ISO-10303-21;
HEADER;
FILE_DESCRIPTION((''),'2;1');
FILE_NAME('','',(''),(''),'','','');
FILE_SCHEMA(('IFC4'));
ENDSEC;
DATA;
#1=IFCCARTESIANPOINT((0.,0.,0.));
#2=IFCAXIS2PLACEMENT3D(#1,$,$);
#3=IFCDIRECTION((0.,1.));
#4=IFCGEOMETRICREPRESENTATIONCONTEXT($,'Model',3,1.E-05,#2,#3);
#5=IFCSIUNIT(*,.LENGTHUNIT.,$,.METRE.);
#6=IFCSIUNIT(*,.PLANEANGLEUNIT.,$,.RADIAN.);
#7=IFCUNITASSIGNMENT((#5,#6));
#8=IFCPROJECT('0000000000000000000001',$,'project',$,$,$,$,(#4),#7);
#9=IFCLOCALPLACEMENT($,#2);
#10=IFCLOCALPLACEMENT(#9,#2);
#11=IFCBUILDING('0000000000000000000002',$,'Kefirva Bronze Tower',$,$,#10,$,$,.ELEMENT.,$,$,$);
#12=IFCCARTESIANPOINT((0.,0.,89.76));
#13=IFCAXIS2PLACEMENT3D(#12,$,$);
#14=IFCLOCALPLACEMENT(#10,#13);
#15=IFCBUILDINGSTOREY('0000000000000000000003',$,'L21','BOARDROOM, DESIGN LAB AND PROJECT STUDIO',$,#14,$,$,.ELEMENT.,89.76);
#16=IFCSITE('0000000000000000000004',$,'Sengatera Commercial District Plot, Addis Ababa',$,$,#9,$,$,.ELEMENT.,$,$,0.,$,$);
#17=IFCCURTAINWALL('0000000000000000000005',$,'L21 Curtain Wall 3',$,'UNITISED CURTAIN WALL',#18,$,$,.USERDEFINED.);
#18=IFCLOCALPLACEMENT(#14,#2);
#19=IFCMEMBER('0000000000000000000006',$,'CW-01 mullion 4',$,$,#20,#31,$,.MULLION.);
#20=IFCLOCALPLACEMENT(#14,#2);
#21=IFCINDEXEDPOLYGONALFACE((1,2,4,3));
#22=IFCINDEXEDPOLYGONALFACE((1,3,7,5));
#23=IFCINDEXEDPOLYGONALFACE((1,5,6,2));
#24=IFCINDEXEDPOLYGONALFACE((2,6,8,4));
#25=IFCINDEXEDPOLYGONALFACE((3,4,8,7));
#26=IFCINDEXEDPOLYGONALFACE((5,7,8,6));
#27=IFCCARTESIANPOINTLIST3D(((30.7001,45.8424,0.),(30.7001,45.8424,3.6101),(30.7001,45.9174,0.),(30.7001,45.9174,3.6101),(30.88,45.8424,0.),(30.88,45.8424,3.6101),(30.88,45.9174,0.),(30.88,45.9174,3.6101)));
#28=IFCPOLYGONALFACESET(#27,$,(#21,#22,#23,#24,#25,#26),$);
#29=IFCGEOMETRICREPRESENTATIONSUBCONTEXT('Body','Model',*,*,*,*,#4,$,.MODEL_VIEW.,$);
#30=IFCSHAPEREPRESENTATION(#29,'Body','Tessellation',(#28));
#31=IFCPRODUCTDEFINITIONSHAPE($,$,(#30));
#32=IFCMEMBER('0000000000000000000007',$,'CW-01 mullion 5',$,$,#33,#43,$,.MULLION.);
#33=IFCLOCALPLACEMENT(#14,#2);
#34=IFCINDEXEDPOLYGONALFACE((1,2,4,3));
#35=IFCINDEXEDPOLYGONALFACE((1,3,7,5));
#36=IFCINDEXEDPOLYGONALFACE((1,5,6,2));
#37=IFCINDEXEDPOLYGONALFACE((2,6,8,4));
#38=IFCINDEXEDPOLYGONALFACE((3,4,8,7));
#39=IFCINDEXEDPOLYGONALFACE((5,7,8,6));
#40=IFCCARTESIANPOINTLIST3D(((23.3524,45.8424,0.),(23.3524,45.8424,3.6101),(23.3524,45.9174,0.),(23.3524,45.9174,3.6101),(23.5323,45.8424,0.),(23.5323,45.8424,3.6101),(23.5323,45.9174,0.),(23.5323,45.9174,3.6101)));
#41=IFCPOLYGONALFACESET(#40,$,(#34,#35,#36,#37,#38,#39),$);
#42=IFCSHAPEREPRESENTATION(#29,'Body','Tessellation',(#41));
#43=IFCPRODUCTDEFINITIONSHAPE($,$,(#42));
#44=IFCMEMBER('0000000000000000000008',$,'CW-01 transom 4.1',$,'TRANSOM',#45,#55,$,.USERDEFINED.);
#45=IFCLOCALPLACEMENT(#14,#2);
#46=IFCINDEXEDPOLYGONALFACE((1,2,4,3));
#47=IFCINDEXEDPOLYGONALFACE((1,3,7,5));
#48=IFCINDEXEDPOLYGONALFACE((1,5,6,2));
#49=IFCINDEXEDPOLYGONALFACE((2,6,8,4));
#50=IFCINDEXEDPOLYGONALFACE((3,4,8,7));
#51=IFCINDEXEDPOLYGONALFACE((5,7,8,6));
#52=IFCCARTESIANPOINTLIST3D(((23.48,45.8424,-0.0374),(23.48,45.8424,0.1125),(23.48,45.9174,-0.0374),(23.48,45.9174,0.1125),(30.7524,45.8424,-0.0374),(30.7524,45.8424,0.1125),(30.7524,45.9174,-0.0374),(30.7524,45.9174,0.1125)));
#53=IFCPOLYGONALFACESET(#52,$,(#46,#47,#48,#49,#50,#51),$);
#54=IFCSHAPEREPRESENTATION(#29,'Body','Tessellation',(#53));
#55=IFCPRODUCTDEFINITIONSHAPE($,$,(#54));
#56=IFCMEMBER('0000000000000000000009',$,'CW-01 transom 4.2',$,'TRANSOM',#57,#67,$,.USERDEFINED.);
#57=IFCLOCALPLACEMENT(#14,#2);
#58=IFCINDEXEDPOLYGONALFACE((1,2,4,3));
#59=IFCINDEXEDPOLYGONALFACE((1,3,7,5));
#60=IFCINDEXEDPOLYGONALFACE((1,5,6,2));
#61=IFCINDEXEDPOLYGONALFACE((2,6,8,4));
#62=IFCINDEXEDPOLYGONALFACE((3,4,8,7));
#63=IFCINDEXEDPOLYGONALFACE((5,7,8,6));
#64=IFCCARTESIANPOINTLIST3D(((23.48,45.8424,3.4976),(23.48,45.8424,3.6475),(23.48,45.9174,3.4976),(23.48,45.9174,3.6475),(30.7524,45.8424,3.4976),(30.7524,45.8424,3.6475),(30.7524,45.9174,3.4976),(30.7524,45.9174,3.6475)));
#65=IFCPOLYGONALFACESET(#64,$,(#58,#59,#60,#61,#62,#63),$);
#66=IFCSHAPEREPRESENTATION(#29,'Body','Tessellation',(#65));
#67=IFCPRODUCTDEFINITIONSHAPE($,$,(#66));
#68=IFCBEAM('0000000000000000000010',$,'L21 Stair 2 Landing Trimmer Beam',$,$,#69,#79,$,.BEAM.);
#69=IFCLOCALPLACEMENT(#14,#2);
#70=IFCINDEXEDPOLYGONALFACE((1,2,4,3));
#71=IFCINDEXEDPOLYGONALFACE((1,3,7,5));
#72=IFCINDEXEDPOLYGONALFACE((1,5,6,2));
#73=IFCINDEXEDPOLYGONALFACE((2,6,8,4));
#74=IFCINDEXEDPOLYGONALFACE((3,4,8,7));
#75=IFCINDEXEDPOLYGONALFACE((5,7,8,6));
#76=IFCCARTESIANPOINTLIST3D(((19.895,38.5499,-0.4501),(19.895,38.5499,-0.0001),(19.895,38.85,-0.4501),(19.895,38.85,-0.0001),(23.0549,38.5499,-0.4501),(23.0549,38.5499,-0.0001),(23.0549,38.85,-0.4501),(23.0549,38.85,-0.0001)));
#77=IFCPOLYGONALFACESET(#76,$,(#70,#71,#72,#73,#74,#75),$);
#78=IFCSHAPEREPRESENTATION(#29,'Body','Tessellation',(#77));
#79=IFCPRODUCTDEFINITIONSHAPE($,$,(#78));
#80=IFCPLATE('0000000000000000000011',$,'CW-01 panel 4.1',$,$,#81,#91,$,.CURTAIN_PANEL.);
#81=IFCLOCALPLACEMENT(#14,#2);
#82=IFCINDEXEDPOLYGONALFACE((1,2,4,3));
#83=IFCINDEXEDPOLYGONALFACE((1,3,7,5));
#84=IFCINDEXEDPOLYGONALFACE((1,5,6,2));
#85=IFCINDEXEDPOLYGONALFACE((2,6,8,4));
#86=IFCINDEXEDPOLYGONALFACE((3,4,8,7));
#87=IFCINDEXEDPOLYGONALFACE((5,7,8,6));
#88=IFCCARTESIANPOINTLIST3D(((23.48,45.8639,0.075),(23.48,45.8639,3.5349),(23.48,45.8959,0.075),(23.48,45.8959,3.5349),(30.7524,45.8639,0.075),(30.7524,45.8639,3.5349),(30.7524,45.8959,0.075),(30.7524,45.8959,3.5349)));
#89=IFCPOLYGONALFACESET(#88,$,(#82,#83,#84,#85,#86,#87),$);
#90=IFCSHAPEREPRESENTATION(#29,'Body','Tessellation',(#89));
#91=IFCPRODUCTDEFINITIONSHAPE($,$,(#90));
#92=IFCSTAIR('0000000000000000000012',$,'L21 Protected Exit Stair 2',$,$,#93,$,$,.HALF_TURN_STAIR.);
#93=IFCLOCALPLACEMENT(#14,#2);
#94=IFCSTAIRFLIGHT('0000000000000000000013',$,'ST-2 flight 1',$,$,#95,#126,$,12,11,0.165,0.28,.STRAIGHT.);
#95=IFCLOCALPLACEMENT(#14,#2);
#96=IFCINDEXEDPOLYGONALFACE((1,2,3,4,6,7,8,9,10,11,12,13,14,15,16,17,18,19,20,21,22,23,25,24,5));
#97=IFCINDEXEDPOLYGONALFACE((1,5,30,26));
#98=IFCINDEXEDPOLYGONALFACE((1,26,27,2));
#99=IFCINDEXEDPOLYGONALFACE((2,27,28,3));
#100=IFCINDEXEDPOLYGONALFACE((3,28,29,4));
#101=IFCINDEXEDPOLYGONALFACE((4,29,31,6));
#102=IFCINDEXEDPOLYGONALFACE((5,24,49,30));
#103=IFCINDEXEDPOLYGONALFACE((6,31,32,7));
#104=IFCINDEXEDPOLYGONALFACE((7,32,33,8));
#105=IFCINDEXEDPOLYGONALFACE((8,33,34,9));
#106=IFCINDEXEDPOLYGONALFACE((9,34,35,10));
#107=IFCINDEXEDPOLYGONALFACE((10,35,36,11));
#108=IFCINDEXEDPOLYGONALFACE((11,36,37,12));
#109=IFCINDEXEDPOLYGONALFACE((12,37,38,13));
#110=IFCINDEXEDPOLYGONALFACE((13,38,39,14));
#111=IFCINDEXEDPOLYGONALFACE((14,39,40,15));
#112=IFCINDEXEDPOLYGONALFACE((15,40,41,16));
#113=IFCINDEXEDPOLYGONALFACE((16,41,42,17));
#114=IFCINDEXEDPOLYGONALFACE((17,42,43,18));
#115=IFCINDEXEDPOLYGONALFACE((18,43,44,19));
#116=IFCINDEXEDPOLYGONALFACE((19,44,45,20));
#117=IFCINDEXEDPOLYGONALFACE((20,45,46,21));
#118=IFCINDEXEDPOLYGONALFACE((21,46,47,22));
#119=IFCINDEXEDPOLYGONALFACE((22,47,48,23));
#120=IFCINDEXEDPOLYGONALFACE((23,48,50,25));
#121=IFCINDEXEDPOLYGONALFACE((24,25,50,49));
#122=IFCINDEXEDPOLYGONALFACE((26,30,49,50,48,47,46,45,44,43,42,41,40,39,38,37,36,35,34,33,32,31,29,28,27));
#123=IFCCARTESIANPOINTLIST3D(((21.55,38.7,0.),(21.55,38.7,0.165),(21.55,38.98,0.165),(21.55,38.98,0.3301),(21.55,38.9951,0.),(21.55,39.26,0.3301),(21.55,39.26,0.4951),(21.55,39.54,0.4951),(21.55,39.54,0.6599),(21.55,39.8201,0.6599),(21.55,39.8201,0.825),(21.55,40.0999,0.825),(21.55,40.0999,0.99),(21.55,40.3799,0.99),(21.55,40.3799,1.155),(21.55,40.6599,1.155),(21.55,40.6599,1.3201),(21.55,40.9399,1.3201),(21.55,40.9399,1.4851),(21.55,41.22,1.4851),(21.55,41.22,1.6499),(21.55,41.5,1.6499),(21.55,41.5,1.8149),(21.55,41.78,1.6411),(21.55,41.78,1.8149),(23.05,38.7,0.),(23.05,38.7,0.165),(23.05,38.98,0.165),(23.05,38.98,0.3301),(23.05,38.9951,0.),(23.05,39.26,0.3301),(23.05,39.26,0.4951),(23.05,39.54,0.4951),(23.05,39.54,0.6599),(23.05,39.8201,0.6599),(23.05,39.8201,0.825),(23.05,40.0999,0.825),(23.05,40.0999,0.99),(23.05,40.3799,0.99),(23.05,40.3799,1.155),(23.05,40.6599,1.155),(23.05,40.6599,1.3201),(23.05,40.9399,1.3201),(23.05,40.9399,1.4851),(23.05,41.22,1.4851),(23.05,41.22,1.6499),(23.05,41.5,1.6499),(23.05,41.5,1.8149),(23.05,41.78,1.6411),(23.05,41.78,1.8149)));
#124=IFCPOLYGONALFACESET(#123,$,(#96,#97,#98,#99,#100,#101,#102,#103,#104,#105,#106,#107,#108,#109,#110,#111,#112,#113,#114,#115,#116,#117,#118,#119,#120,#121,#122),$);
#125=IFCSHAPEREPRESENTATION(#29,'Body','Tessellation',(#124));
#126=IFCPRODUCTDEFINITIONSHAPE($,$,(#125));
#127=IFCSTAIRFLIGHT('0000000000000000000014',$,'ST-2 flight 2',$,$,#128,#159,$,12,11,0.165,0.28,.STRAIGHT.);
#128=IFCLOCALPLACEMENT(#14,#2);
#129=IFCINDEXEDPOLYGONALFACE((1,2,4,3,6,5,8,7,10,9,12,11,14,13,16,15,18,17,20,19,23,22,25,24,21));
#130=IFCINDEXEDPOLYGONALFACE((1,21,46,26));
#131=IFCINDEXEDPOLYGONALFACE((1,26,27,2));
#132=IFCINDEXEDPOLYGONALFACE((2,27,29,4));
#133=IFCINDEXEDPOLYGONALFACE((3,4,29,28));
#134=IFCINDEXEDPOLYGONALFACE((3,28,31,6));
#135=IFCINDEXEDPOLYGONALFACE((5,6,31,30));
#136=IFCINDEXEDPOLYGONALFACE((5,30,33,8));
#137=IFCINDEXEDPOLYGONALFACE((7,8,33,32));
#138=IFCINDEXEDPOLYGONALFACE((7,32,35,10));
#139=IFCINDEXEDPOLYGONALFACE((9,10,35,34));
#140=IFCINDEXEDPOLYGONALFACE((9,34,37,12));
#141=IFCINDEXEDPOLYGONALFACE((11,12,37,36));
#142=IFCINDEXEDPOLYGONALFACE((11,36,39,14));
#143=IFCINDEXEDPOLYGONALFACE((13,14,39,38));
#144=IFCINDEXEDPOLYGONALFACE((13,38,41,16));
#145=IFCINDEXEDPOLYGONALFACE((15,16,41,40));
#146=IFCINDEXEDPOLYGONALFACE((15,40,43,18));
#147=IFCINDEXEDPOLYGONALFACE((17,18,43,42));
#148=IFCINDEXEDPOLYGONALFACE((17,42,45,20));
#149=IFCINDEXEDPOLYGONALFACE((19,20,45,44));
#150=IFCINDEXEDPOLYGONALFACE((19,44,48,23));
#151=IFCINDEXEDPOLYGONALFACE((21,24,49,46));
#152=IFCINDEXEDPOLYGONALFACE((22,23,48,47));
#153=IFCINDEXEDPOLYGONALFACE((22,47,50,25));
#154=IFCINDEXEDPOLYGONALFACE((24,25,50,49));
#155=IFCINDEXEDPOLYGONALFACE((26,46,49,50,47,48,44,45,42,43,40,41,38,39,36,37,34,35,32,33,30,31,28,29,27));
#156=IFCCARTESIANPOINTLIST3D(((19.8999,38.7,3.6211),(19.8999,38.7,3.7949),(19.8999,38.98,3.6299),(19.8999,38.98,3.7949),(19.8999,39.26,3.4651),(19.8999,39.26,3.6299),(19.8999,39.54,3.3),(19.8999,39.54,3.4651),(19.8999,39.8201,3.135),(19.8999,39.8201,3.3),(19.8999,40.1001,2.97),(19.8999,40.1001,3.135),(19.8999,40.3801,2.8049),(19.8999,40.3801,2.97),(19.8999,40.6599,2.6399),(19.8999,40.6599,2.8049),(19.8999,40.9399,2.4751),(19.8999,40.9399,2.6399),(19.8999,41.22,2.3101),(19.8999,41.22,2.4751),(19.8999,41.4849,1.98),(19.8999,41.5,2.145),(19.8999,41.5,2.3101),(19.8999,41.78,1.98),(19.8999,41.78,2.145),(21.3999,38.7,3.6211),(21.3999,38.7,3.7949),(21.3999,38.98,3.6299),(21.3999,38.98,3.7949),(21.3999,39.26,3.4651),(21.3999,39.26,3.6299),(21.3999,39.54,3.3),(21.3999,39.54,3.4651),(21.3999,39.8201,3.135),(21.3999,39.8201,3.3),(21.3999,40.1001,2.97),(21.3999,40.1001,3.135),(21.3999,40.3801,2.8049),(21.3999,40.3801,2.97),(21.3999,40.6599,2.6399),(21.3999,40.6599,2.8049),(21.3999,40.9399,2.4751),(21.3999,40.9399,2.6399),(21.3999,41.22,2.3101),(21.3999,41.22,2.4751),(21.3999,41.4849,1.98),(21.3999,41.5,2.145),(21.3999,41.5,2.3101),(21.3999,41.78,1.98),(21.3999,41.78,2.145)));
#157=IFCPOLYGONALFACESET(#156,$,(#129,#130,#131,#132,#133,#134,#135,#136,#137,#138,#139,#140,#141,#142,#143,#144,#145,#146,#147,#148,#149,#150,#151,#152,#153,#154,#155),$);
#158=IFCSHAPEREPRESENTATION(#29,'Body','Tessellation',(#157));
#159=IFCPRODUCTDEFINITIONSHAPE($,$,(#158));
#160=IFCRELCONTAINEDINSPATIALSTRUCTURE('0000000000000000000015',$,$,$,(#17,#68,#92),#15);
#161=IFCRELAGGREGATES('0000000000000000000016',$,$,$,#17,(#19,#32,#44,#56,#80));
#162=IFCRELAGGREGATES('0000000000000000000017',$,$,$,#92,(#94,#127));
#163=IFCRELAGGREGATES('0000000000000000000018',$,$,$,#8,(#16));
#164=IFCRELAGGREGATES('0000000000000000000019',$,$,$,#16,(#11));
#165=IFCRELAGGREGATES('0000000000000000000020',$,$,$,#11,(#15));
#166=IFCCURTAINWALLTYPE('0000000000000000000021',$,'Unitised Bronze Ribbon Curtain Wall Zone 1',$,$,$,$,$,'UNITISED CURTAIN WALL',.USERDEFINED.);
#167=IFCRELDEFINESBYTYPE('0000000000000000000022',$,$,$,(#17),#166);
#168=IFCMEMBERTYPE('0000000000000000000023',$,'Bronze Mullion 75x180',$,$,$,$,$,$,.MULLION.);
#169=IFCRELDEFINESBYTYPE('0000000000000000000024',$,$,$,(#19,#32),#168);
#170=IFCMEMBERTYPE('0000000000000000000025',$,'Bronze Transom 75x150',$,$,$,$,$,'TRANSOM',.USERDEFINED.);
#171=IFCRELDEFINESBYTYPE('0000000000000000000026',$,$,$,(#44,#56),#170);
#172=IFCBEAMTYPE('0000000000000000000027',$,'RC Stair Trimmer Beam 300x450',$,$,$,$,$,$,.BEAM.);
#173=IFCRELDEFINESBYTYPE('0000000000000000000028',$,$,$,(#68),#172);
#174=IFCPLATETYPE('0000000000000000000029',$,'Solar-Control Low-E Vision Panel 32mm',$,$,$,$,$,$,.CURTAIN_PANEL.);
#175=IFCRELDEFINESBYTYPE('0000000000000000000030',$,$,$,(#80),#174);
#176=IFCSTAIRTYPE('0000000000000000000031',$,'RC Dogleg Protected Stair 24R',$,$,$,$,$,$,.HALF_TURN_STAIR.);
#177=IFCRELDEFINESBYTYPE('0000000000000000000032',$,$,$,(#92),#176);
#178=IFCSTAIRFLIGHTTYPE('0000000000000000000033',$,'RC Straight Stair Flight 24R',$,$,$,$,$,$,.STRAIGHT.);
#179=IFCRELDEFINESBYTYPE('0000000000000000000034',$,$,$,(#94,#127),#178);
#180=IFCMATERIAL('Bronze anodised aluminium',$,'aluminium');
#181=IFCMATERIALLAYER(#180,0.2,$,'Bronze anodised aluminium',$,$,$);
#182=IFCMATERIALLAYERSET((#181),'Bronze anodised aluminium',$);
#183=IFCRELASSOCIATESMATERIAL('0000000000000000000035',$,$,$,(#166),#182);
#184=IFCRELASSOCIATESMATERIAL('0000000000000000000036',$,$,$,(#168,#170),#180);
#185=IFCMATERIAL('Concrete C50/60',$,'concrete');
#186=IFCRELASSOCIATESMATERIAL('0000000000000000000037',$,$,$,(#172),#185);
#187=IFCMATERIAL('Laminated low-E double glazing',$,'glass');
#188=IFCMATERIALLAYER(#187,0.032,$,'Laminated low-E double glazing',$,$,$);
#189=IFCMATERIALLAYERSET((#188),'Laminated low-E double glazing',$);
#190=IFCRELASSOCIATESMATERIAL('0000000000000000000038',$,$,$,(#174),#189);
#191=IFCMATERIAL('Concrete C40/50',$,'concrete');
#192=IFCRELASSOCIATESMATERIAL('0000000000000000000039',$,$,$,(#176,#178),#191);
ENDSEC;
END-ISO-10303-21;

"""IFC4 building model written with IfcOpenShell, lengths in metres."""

from ifc_helpers import new_model, si_unit, direction, frame, origin, origin_2d, place, context, subcontext, project, spatial, polyline, rectangle, outline, extrude, material, layer, layer_set, material_profile, profile_set, type_object, element, aggregate, save


model = new_model("IFC4")

# Units and contexts
model_context = context("Model", 3, precision=1e-05, world=origin(), true_north=direction((0.0, 1.0)))
body_context = subcontext(model_context, "Body", "Model", "MODEL_VIEW")
ifc_project = project(units=[si_unit("LENGTHUNIT", "METRE"), si_unit("PLANEANGLEUNIT", "RADIAN")], contexts=[model_context])

# Site, building, storey
site_placement = place(None, origin())
site = spatial("IfcSite", under=ifc_project, at=site_placement, Name="Sengatera Commercial District Plot, Addis Ababa", CompositionType="ELEMENT", RefElevation=0.0)
building_placement = place(site_placement, origin())
building = spatial("IfcBuilding", under=site, at=building_placement, Name="Kefirva Bronze Tower", CompositionType="ELEMENT")
storey_placement = place(building_placement, frame((0.0, 0.0, 89.76)))
storey = spatial("IfcBuildingStorey", under=building, at=storey_placement, Name="L21", Description="BOARDROOM, DESIGN LAB AND PROJECT STUDIO", CompositionType="ELEMENT", Elevation=89.76)

# Curtain wall, members
ifc_material_1 = material(Name="Bronze anodised aluminium", Category="aluminium")
ifc_layer_1 = layer(ifc_material_1, 0.2, Name="Bronze anodised aluminium")
ifc_layer_set_1 = layer_set([ifc_layer_1], Name="Bronze anodised aluminium")
curtain_wall_type = type_object("IfcCurtainWallType", Name="Unitised Bronze Ribbon Curtain Wall Zone 1", ElementType="UNITISED CURTAIN WALL", PredefinedType="USERDEFINED", material=ifc_layer_set_1)
curtain_wall_placement = place(storey_placement, origin())
curtain_wall = element("IfcCurtainWall", 1, at=curtain_wall_placement, inside=storey, type_object=curtain_wall_type, Name="L21 Curtain Wall 3", ObjectType="UNITISED CURTAIN WALL", PredefinedType="USERDEFINED")
ifc_material_profile_1 = material_profile(ifc_material_1, rectangle(XDim=0.075, YDim=0.1799, at=origin_2d()), Name="ALU 75x180")
ifc_profile_set_1 = profile_set([ifc_material_profile_1], Name="Bronze anodised aluminium")
member_type_1 = type_object("IfcMemberType", Name="Bronze Mullion 75x180", PredefinedType="MULLION", material=ifc_profile_set_1)
member_1_placement = place(storey_placement, frame((30.79, 45.8799, 0.0), z_axis=(0.0, 0.0, 1.0), x_axis=(0.0, -1.0, 0.0)))
member_1 = element("IfcMember", 2, at=member_1_placement, type_object=member_type_1, Name="CW-01 mullion 4", PredefinedType="MULLION", context=body_context, shape_type="SweptSolid", body=[
    extrude(rectangle(XDim=0.075, YDim=0.1799, at=origin_2d()), origin(), (0.0, 0.0, 1.0), 3.6101),
])
member_2_placement = place(storey_placement, frame((23.4424, 45.8799, 0.0), z_axis=(0.0, 0.0, 1.0), x_axis=(0.0, -1.0, 0.0)))
member_2 = element("IfcMember", 3, at=member_2_placement, type_object=member_type_1, Name="CW-01 mullion 5", PredefinedType="MULLION", context=body_context, shape_type="SweptSolid", body=[
    extrude(rectangle(XDim=0.075, YDim=0.1799, at=origin_2d()), origin(), (0.0, 0.0, 1.0), 3.6101),
])
ifc_material_profile_2 = material_profile(ifc_material_1, rectangle(XDim=0.075, YDim=0.1499, at=origin_2d()), Name="ALU 75x150")
ifc_profile_set_2 = profile_set([ifc_material_profile_2], Name="Bronze anodised aluminium")
member_type_2 = type_object("IfcMemberType", Name="Bronze Transom 75x150", ElementType="TRANSOM", PredefinedType="USERDEFINED", material=ifc_profile_set_2)
member_3_placement = place(storey_placement, frame((30.7524, 45.8799, 0.0376), z_axis=(-1.0, 0.0, 0.0), x_axis=(0.0, -1.0, 0.0)))
member_3 = element("IfcMember", 4, at=member_3_placement, type_object=member_type_2, Name="CW-01 transom 4.1", ObjectType="TRANSOM", PredefinedType="USERDEFINED", context=body_context, shape_type="SweptSolid", body=[
    extrude(rectangle(XDim=0.075, YDim=0.1499, at=origin_2d()), origin(), (0.0, 0.0, 1.0), 7.2725),
])
member_4_placement = place(storey_placement, frame((30.7524, 45.8799, 3.5725), z_axis=(-1.0, 0.0, 0.0), x_axis=(0.0, -1.0, 0.0)))
member_4 = element("IfcMember", 5, at=member_4_placement, type_object=member_type_2, Name="CW-01 transom 4.2", ObjectType="TRANSOM", PredefinedType="USERDEFINED", context=body_context, shape_type="SweptSolid", body=[
    extrude(rectangle(XDim=0.075, YDim=0.1499, at=origin_2d()), origin(), (0.0, 0.0, 1.0), 7.2725),
])

# Beam
ifc_material_2 = material(Name="Concrete C50/60", Category="concrete")
ifc_material_profile_3 = material_profile(ifc_material_2, rectangle(XDim=0.3, YDim=0.45, at=origin_2d()), Name="RC 300x450")
ifc_profile_set_3 = profile_set([ifc_material_profile_3], Name="Concrete C50/60")
beam_type = type_object("IfcBeamType", Name="RC Stair Trimmer Beam 300x450", PredefinedType="BEAM", material=ifc_profile_set_3)
beam_placement = place(storey_placement, frame((19.895, 38.7, -0.2251), z_axis=(1.0, 0.0, 0.0), x_axis=(0.0, 1.0, 0.0)))
element("IfcBeam", 6, at=beam_placement, inside=storey, type_object=beam_type, Name="L21 Stair 2 Landing Trimmer Beam", PredefinedType="BEAM", context=body_context, shape_type="SweptSolid", body=[
    extrude(rectangle(XDim=0.3, YDim=0.45, at=origin_2d()), origin(), (0.0, 0.0, 1.0), 3.1599),
])

# Plate
ifc_material_3 = material(Name="Laminated low-E double glazing", Category="glass")
ifc_layer_2 = layer(ifc_material_3, 0.032, Name="Laminated low-E double glazing")
ifc_layer_set_2 = layer_set([ifc_layer_2], Name="Laminated low-E double glazing")
plate_type = type_object("IfcPlateType", Name="Solar-Control Low-E Vision Panel 32mm", PredefinedType="CURTAIN_PANEL", material=ifc_layer_set_2)
plate_placement = place(storey_placement, frame((27.1162, 45.8799, 0.075), z_axis=(0.0, 0.0, 1.0), x_axis=(-1.0, 0.0, 0.0)))
plate = element("IfcPlate", 7, at=plate_placement, type_object=plate_type, Name="CW-01 panel 4.1", PredefinedType="CURTAIN_PANEL", context=body_context, shape_type="SweptSolid", body=[
    extrude(rectangle(XDim=7.2725, YDim=0.032, at=origin_2d()), origin(), (0.0, 0.0, 1.0), 3.46),
])
aggregate(curtain_wall, [member_1, member_2, member_3, member_4, plate])

# Stair, stair flights
ifc_material_4 = material(Name="Concrete C40/50", Category="concrete")
stair_type = type_object("IfcStairType", Name="RC Dogleg Protected Stair 24R", PredefinedType="HALF_TURN_STAIR", material=ifc_material_4)
stair_placement = place(storey_placement, origin())
stair = element("IfcStair", 8, at=stair_placement, inside=storey, type_object=stair_type, Name="L21 Protected Exit Stair 2", PredefinedType="HALF_TURN_STAIR")
stair_flight_type = type_object("IfcStairFlightType", Name="RC Straight Stair Flight 24R", PredefinedType="STRAIGHT", material=ifc_material_4)
stair_flight_1_placement = place(storey_placement, frame((22.3, 38.7, 0.0), z_axis=(0.0, 0.0, 1.0), x_axis=(0.0, 1.0, 0.0)))
stair_flight_1 = element("IfcStairFlight", 9, at=stair_flight_1_placement, type_object=stair_flight_type, Name="ST-2 flight 1", NumberOfRisers=12, NumberOfTreads=11, PredefinedType="STRAIGHT", RiserHeight=0.165, TreadLength=0.28, context=body_context, shape_type="SweptSolid", body=[
    extrude(outline(polyline([(0.0, 0.0), (0.0, 0.165), (0.28, 0.165), (0.28, 0.3301), (0.5601, 0.3301), (0.5601, 0.4951), (0.8401, 0.4951), (0.8401, 0.6599), (1.1201, 0.6599), (1.1201, 0.825), (1.3999, 0.825), (1.3999, 0.99), (1.6799, 0.99), (1.6799, 1.155), (1.96, 1.155), (1.96, 1.3201), (2.24, 1.3201), (2.24, 1.4851), (2.52, 1.4851), (2.52, 1.6499), (2.8, 1.6499), (2.8, 1.8149), (3.0801, 1.8149), (3.0801, 1.98), (3.0801, 1.6411), (0.2952, 0.0), (0.0, 0.0)])), frame((0.0, 0.75, 0.0), z_axis=(0.0, -1.0, 0.0), x_axis=(1.0, 0.0, 0.0)), (0.0, 0.0, 1.0), 1.5),
])
stair_flight_2_placement = place(storey_placement, frame((20.6499, 41.78, 1.98), z_axis=(0.0, 0.0, 1.0), x_axis=(0.0, -1.0, 0.0)))
stair_flight_2 = element("IfcStairFlight", 10, at=stair_flight_2_placement, type_object=stair_flight_type, Name="ST-2 flight 2", NumberOfRisers=12, NumberOfTreads=11, PredefinedType="STRAIGHT", RiserHeight=0.165, TreadLength=0.28, context=body_context, shape_type="SweptSolid", body=[
    extrude(outline(polyline([(0.0, 0.0), (0.0, 0.165), (0.28, 0.165), (0.28, 0.3301), (0.5601, 0.3301), (0.5601, 0.4951), (0.8401, 0.4951), (0.8401, 0.6599), (1.1201, 0.6599), (1.1201, 0.825), (1.3999, 0.825), (1.3999, 0.99), (1.6799, 0.99), (1.6799, 1.155), (1.96, 1.155), (1.96, 1.3201), (2.24, 1.3201), (2.24, 1.4851), (2.52, 1.4851), (2.52, 1.6499), (2.8, 1.6499), (2.8, 1.8149), (3.0801, 1.8149), (3.0801, 1.98), (3.0801, 1.6411), (0.2952, 0.0), (0.0, 0.0)])), frame((0.0, 0.75, 0.0), z_axis=(0.0, -1.0, 0.0), x_axis=(1.0, 0.0, 0.0)), (0.0, 0.0, 1.0), 1.5),
])
aggregate(stair, [stair_flight_1, stair_flight_2])

save(model, "model.ifc")
